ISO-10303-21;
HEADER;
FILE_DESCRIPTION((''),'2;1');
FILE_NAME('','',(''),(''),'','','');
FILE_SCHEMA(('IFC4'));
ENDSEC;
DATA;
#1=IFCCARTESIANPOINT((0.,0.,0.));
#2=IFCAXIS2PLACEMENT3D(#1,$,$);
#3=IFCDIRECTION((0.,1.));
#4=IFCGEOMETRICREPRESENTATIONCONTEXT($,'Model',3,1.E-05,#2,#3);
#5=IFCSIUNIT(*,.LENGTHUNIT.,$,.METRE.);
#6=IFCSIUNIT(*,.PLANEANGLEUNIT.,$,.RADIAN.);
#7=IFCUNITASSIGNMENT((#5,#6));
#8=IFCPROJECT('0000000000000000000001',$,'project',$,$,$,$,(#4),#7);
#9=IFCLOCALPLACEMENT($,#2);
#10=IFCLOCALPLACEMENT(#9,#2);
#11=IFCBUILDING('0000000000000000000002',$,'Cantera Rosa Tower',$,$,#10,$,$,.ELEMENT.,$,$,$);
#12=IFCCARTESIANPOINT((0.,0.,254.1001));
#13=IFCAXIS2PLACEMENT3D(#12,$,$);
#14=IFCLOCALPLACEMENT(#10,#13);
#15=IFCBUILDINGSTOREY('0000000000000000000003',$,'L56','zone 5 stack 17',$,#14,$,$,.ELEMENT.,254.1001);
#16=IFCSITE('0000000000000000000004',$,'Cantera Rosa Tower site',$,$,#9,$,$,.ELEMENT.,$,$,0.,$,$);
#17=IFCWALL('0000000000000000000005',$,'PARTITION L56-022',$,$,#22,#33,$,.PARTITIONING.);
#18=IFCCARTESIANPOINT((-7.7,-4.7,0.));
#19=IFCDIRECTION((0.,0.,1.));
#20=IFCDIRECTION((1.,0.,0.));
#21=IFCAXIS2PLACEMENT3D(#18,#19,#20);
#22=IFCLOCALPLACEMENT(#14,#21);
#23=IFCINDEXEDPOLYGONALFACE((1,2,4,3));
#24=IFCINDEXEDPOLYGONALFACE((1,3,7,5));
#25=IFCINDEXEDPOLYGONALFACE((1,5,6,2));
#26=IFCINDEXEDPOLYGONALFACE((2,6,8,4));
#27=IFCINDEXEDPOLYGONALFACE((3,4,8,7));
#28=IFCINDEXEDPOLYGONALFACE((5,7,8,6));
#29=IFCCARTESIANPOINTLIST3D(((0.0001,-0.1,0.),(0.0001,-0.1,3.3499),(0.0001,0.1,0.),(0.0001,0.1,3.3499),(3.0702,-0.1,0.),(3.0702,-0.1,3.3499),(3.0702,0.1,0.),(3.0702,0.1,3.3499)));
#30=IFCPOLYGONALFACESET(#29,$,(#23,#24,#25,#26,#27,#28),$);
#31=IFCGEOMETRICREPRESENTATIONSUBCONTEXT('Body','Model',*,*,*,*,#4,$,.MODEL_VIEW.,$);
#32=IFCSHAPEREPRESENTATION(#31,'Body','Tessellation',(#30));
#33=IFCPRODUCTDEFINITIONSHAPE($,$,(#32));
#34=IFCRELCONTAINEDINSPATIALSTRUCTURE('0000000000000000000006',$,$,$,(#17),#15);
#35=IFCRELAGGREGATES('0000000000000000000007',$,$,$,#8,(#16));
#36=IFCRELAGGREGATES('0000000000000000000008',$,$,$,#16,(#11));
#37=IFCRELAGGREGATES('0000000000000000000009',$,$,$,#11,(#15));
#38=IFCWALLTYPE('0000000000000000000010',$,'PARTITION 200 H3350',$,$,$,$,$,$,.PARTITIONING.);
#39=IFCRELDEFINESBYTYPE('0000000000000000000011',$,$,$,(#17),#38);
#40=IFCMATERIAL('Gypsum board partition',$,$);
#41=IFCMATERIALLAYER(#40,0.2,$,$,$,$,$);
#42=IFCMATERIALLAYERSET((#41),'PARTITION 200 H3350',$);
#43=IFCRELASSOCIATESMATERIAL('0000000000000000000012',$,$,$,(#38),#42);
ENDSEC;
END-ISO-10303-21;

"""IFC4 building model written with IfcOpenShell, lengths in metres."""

from ifc_helpers import new_model, si_unit, direction, frame, frame_2d, origin, place, context, subcontext, project, spatial, rectangle, extrude, material, layer, layer_set, type_object, element, save


model = new_model("IFC4")

# Units and contexts
model_context = context("Model", 3, precision=1e-05, world=origin(), true_north=direction((0.0, 1.0)))
body_context = subcontext(model_context, "Body", "Model", "MODEL_VIEW")
ifc_project = project(units=[si_unit("LENGTHUNIT", "METRE"), si_unit("PLANEANGLEUNIT", "RADIAN")], contexts=[model_context])

# Site, building, storey
site_placement = place(None, origin())
site = spatial("IfcSite", under=ifc_project, at=site_placement, Name="Cantera Rosa Tower site", CompositionType="ELEMENT", RefElevation=0.0)
building_placement = place(site_placement, origin())
building = spatial("IfcBuilding", under=site, at=building_placement, Name="Cantera Rosa Tower", CompositionType="ELEMENT")
storey_placement = place(building_placement, frame((0.0, 0.0, 254.1001)))
storey = spatial("IfcBuildingStorey", under=building, at=storey_placement, Name="L56", Description="zone 5 stack 17", CompositionType="ELEMENT", Elevation=254.1001)

# Wall
ifc_material_1 = material(Name="Gypsum board partition")
ifc_layer_1 = layer(ifc_material_1, 0.2)
ifc_layer_set_1 = layer_set([ifc_layer_1], Name="PARTITION 200 H3350")
wall_type_1 = type_object("IfcWallType", Name="PARTITION 200 H3350", PredefinedType="PARTITIONING", material=ifc_layer_set_1)
wall_1_placement = place(storey_placement, frame((-7.7, -4.7, 0.0), z_axis=(0.0, 0.0, 1.0), x_axis=(1.0, 0.0, 0.0)))
element("IfcWall", 1, at=wall_1_placement, inside=storey, type_object=wall_type_1, Name="PARTITION L56-022", PredefinedType="PARTITIONING", context=body_context, shape_type="SweptSolid", body=[
    extrude(rectangle(XDim=3.0701, YDim=0.2, at=frame_2d((1.5352, 0.0))), origin(), (0.0, 0.0, 1.0), 3.3499),
])

save(model, "model.ifc")
